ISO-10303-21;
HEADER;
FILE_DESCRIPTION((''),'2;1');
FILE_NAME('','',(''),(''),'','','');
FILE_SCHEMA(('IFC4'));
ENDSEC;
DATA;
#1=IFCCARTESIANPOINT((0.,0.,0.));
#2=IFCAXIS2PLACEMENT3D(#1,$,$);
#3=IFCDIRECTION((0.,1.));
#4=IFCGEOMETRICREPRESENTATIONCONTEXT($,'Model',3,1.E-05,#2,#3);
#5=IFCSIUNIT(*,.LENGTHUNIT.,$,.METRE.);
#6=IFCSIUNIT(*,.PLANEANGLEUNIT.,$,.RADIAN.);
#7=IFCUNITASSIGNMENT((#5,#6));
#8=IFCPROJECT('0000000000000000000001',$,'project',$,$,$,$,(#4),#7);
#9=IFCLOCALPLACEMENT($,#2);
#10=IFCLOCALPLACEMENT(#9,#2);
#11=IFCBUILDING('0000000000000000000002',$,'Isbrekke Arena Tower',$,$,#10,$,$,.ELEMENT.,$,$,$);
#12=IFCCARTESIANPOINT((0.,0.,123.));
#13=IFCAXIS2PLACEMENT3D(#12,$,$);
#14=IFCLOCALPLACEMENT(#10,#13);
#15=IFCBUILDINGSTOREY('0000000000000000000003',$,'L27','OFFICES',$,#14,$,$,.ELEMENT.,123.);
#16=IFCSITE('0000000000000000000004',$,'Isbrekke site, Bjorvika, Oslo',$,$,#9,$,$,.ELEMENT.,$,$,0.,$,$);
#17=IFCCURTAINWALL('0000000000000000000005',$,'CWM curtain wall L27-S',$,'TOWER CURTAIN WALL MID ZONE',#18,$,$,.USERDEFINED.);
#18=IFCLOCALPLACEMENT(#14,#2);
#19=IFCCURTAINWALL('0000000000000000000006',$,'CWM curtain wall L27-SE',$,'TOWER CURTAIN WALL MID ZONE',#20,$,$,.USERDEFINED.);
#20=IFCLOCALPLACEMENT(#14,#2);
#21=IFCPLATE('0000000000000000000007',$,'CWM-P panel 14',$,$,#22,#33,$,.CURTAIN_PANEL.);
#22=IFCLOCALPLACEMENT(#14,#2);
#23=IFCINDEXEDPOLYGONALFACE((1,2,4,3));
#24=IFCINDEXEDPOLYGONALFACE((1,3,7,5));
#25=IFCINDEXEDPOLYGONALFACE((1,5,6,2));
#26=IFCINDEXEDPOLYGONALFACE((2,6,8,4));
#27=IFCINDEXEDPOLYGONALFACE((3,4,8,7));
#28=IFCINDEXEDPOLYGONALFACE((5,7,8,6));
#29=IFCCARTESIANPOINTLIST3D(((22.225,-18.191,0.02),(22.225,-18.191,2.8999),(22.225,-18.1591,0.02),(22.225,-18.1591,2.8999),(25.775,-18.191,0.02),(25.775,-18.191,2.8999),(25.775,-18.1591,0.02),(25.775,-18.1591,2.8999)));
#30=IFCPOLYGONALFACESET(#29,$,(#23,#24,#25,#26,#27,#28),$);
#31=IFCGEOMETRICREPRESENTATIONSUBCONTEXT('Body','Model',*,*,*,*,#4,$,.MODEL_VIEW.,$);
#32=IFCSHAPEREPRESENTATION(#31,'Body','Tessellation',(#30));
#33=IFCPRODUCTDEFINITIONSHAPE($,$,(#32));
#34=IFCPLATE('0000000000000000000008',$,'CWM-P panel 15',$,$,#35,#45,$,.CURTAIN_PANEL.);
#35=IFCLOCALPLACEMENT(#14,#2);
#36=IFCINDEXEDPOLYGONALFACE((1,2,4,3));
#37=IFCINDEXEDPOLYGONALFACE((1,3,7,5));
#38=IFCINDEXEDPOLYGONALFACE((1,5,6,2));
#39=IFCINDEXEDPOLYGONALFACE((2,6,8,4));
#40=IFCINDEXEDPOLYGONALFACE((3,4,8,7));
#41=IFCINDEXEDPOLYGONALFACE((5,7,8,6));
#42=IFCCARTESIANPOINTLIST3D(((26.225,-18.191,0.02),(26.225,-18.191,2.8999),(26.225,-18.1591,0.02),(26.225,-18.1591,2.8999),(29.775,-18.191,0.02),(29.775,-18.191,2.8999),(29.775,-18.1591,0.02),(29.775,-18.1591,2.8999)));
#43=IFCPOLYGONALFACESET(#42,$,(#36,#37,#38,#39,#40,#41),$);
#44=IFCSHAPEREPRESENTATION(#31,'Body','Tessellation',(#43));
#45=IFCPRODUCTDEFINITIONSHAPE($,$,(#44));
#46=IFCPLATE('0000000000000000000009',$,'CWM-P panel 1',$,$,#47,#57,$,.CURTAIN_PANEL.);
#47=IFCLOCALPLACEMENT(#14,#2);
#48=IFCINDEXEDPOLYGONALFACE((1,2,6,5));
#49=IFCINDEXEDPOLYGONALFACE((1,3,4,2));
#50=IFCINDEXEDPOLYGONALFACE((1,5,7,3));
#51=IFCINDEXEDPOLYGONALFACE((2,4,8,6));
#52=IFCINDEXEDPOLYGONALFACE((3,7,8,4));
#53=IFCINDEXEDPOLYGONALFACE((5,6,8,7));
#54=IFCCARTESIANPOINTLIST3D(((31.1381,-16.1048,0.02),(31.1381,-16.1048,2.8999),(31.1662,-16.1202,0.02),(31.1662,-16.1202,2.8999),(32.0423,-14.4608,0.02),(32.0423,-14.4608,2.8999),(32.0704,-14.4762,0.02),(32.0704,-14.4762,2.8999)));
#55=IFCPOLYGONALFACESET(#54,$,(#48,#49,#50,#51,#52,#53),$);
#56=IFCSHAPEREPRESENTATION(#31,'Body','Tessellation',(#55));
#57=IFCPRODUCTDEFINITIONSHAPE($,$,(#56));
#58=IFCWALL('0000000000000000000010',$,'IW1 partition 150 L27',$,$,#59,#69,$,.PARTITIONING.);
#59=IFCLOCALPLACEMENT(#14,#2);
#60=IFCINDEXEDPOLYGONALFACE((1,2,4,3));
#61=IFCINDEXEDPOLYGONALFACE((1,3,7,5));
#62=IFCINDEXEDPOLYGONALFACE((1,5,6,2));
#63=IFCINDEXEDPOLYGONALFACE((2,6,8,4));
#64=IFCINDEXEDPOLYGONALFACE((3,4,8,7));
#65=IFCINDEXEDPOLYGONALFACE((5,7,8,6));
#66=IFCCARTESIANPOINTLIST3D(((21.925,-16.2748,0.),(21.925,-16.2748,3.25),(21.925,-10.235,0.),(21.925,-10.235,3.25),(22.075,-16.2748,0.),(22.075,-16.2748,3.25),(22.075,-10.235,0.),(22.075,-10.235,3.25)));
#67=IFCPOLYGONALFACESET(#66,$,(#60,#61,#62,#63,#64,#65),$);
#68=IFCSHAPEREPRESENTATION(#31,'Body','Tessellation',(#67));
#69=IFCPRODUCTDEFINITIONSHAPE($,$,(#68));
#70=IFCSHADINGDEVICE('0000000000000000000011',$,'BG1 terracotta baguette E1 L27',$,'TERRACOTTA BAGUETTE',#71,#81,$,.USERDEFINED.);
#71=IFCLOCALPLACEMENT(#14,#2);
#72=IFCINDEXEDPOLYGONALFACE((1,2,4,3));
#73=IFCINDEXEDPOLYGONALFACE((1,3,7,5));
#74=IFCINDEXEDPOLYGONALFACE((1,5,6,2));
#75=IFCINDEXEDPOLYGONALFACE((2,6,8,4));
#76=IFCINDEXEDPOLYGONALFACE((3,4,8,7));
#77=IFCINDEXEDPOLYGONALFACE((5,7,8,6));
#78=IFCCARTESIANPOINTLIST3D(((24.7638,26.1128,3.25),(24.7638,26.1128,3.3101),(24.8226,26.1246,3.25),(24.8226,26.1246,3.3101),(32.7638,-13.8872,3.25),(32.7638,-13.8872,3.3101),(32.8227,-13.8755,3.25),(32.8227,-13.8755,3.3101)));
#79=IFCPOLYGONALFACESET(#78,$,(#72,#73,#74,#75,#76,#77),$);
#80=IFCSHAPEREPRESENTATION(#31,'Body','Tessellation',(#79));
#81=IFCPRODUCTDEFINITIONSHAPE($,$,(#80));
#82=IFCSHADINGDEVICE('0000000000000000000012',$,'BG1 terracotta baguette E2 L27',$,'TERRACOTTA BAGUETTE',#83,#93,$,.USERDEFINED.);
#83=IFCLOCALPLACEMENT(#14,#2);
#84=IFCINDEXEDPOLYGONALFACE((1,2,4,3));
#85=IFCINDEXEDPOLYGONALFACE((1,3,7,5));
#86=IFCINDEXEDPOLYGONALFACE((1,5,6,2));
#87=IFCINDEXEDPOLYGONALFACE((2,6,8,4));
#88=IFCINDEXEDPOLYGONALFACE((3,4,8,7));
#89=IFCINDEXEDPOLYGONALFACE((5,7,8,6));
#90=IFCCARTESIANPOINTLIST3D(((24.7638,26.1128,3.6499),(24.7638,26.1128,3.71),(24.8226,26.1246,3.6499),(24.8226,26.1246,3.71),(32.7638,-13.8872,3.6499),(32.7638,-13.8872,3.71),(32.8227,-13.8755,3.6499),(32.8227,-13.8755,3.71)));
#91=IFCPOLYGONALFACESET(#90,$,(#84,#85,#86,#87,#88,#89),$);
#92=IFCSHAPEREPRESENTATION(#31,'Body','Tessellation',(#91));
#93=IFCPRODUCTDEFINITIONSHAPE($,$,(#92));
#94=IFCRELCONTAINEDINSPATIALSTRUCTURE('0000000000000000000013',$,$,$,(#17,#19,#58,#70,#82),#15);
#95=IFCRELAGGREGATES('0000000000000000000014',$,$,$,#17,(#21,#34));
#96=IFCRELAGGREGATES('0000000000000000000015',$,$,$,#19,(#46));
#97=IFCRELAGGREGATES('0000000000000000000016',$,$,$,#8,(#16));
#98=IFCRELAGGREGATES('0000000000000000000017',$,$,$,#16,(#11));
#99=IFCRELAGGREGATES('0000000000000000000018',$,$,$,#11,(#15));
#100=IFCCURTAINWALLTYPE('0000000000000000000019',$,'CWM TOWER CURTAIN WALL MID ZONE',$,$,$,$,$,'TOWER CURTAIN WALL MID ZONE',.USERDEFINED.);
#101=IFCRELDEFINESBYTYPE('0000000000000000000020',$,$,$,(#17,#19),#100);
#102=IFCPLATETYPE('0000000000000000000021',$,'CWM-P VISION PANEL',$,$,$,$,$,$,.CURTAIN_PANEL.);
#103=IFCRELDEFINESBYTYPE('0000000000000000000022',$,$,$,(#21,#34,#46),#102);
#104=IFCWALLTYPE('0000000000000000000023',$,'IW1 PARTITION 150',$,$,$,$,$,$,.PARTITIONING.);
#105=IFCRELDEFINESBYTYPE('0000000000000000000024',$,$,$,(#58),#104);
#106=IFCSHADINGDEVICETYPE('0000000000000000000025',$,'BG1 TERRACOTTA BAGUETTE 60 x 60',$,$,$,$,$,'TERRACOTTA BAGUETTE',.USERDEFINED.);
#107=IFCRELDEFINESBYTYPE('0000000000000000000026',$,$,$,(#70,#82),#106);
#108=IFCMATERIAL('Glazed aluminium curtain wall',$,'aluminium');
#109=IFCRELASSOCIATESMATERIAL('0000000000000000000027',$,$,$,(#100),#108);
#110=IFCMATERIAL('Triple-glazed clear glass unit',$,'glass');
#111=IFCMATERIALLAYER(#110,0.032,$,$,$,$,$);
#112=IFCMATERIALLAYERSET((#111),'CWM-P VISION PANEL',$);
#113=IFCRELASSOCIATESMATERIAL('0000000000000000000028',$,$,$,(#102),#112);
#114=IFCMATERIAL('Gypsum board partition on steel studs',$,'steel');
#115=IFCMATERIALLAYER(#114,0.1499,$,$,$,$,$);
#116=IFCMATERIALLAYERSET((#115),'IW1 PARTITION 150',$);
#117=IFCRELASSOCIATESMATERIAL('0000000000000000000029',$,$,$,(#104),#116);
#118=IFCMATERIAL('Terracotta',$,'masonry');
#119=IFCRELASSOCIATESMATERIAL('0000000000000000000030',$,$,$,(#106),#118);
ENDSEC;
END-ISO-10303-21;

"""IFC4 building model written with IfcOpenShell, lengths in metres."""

from ifc_helpers import new_model, si_unit, direction, frame, frame_2d, origin, origin_2d, place, context, subcontext, project, spatial, rectangle, extrude, material, layer, layer_set, material_profile, profile_set, type_object, element, aggregate, save


model = new_model("IFC4")

# Units and contexts
model_context = context("Model", 3, precision=1e-05, world=origin(), true_north=direction((0.0, 1.0)))
body_context = subcontext(model_context, "Body", "Model", "MODEL_VIEW")
ifc_project = project(units=[si_unit("LENGTHUNIT", "METRE"), si_unit("PLANEANGLEUNIT", "RADIAN")], contexts=[model_context])

# Site, building, storey
site_placement = place(None, origin())
site = spatial("IfcSite", under=ifc_project, at=site_placement, Name="Isbrekke site, Bjorvika, Oslo", CompositionType="ELEMENT", RefElevation=0.0)
building_placement = place(site_placement, origin())
building = spatial("IfcBuilding", under=site, at=building_placement, Name="Isbrekke Arena Tower", CompositionType="ELEMENT")
storey_placement = place(building_placement, frame((0.0, 0.0, 123.0)))
storey = spatial("IfcBuildingStorey", under=building, at=storey_placement, Name="L27", Description="OFFICES", CompositionType="ELEMENT", Elevation=123.0)

# Curtain walls
ifc_material_1 = material(Name="Glazed aluminium curtain wall", Category="aluminium")
curtain_wall_type = type_object("IfcCurtainWallType", Name="CWM TOWER CURTAIN WALL MID ZONE", ElementType="TOWER CURTAIN WALL MID ZONE", PredefinedType="USERDEFINED", material=ifc_material_1)
curtain_wall_1_placement = place(storey_placement, origin())
curtain_wall_1 = element("IfcCurtainWall", 1, at=curtain_wall_1_placement, inside=storey, type_object=curtain_wall_type, Name="CWM curtain wall L27-S", ObjectType="TOWER CURTAIN WALL MID ZONE", PredefinedType="USERDEFINED")
curtain_wall_2_placement = place(storey_placement, origin())
curtain_wall_2 = element("IfcCurtainWall", 2, at=curtain_wall_2_placement, inside=storey, type_object=curtain_wall_type, Name="CWM curtain wall L27-SE", ObjectType="TOWER CURTAIN WALL MID ZONE", PredefinedType="USERDEFINED")

# Plates
ifc_material_2 = material(Name="Triple-glazed clear glass unit", Category="glass")
ifc_layer_1 = layer(ifc_material_2, 0.032)
ifc_layer_set_1 = layer_set([ifc_layer_1], Name="CWM-P VISION PANEL")
plate_type = type_object("IfcPlateType", Name="CWM-P VISION PANEL", PredefinedType="CURTAIN_PANEL", material=ifc_layer_set_1)
plate_1_placement = place(storey_placement, frame((24.0, -18.175, 0.02), z_axis=(0.0, 0.0, 1.0), x_axis=(1.0, 0.0, 0.0)))
plate_1 = element("IfcPlate", 3, at=plate_1_placement, type_object=plate_type, Name="CWM-P panel 14", PredefinedType="CURTAIN_PANEL", context=body_context, shape_type="SweptSolid", body=[
    extrude(rectangle(XDim=3.55, YDim=0.032, at=origin_2d()), origin(), (0.0, 0.0, 1.0), 2.8799),
])
plate_2_placement = place(storey_placement, frame((28.0, -18.175, 0.02), z_axis=(0.0, 0.0, 1.0), x_axis=(1.0, 0.0, 0.0)))
plate_2 = element("IfcPlate", 4, at=plate_2_placement, type_object=plate_type, Name="CWM-P panel 15", PredefinedType="CURTAIN_PANEL", context=body_context, shape_type="SweptSolid", body=[
    extrude(rectangle(XDim=3.55, YDim=0.032, at=origin_2d()), origin(), (0.0, 0.0, 1.0), 2.8799),
])
aggregate(curtain_wall_1, [plate_1, plate_2])
plate_3_placement = place(storey_placement, frame((31.6042, -15.2905, 0.02), z_axis=(0.0, 0.0, 1.0), x_axis=(0.481919, 0.876216, 0.0)))
plate_3 = element("IfcPlate", 5, at=plate_3_placement, type_object=plate_type, Name="CWM-P panel 1", PredefinedType="CURTAIN_PANEL", context=body_context, shape_type="SweptSolid", body=[
    extrude(rectangle(XDim=1.8762, YDim=0.032, at=origin_2d()), origin(), (0.0, 0.0, 1.0), 2.8799),
])
aggregate(curtain_wall_2, [plate_3])

# Wall
ifc_material_3 = material(Name="Gypsum board partition on steel studs", Category="steel")
ifc_layer_2 = layer(ifc_material_3, 0.1499)
ifc_layer_set_2 = layer_set([ifc_layer_2], Name="IW1 PARTITION 150")
wall_type = type_object("IfcWallType", Name="IW1 PARTITION 150", PredefinedType="PARTITIONING", material=ifc_layer_set_2)
wall_placement = place(storey_placement, frame((22.0, -16.2749, 0.0), z_axis=(0.0, 0.0, 1.0), x_axis=(0.0, 1.0, 0.0)))
element("IfcWall", 6, at=wall_placement, inside=storey, type_object=wall_type, Name="IW1 partition 150 L27", PredefinedType="PARTITIONING", context=body_context, shape_type="SweptSolid", body=[
    extrude(rectangle(XDim=6.0398, YDim=0.1499, at=frame_2d((3.02, 0.0))), origin(), (0.0, 0.0, 1.0), 3.25),
])

# Shading devices
ifc_material_4 = material(Name="Terracotta", Category="masonry")
ifc_material_profile_1 = material_profile(ifc_material_4, rectangle(XDim=0.0601, YDim=0.0601, at=origin_2d()), Name="BAGUETTE 60X60")
ifc_profile_set_1 = profile_set([ifc_material_profile_1], Name="Terracotta")
shading_device_type = type_object("IfcShadingDeviceType", Name="BG1 TERRACOTTA BAGUETTE 60 x 60", ElementType="TERRACOTTA BAGUETTE", PredefinedType="USERDEFINED", material=ifc_profile_set_1)
for number, where, z_axis, x_axis, name in (
    (7, (32.7932, -13.8813, 3.28), (-0.196116, 0.980581, 0.0), (-0.980581, -0.196116, 0.0), "BG1 terracotta baguette E1 L27"),
    (8, (32.7932, -13.8813, 3.6799), (-0.196116, 0.980581, 0.0), (-0.980581, -0.196116, 0.0), "BG1 terracotta baguette E2 L27"),
):
    element("IfcShadingDevice", number, at=place(storey_placement, frame(where, z_axis=z_axis, x_axis=x_axis)), inside=storey, type_object=shading_device_type, Name=name, ObjectType="TERRACOTTA BAGUETTE", PredefinedType="USERDEFINED", context=body_context, shape_type="SweptSolid", body=[
        extrude(rectangle(XDim=0.0601, YDim=0.0601, at=origin_2d()), origin(), (0.0, 0.0, 1.0), 40.7922),
    ])

save(model, "model.ifc")
